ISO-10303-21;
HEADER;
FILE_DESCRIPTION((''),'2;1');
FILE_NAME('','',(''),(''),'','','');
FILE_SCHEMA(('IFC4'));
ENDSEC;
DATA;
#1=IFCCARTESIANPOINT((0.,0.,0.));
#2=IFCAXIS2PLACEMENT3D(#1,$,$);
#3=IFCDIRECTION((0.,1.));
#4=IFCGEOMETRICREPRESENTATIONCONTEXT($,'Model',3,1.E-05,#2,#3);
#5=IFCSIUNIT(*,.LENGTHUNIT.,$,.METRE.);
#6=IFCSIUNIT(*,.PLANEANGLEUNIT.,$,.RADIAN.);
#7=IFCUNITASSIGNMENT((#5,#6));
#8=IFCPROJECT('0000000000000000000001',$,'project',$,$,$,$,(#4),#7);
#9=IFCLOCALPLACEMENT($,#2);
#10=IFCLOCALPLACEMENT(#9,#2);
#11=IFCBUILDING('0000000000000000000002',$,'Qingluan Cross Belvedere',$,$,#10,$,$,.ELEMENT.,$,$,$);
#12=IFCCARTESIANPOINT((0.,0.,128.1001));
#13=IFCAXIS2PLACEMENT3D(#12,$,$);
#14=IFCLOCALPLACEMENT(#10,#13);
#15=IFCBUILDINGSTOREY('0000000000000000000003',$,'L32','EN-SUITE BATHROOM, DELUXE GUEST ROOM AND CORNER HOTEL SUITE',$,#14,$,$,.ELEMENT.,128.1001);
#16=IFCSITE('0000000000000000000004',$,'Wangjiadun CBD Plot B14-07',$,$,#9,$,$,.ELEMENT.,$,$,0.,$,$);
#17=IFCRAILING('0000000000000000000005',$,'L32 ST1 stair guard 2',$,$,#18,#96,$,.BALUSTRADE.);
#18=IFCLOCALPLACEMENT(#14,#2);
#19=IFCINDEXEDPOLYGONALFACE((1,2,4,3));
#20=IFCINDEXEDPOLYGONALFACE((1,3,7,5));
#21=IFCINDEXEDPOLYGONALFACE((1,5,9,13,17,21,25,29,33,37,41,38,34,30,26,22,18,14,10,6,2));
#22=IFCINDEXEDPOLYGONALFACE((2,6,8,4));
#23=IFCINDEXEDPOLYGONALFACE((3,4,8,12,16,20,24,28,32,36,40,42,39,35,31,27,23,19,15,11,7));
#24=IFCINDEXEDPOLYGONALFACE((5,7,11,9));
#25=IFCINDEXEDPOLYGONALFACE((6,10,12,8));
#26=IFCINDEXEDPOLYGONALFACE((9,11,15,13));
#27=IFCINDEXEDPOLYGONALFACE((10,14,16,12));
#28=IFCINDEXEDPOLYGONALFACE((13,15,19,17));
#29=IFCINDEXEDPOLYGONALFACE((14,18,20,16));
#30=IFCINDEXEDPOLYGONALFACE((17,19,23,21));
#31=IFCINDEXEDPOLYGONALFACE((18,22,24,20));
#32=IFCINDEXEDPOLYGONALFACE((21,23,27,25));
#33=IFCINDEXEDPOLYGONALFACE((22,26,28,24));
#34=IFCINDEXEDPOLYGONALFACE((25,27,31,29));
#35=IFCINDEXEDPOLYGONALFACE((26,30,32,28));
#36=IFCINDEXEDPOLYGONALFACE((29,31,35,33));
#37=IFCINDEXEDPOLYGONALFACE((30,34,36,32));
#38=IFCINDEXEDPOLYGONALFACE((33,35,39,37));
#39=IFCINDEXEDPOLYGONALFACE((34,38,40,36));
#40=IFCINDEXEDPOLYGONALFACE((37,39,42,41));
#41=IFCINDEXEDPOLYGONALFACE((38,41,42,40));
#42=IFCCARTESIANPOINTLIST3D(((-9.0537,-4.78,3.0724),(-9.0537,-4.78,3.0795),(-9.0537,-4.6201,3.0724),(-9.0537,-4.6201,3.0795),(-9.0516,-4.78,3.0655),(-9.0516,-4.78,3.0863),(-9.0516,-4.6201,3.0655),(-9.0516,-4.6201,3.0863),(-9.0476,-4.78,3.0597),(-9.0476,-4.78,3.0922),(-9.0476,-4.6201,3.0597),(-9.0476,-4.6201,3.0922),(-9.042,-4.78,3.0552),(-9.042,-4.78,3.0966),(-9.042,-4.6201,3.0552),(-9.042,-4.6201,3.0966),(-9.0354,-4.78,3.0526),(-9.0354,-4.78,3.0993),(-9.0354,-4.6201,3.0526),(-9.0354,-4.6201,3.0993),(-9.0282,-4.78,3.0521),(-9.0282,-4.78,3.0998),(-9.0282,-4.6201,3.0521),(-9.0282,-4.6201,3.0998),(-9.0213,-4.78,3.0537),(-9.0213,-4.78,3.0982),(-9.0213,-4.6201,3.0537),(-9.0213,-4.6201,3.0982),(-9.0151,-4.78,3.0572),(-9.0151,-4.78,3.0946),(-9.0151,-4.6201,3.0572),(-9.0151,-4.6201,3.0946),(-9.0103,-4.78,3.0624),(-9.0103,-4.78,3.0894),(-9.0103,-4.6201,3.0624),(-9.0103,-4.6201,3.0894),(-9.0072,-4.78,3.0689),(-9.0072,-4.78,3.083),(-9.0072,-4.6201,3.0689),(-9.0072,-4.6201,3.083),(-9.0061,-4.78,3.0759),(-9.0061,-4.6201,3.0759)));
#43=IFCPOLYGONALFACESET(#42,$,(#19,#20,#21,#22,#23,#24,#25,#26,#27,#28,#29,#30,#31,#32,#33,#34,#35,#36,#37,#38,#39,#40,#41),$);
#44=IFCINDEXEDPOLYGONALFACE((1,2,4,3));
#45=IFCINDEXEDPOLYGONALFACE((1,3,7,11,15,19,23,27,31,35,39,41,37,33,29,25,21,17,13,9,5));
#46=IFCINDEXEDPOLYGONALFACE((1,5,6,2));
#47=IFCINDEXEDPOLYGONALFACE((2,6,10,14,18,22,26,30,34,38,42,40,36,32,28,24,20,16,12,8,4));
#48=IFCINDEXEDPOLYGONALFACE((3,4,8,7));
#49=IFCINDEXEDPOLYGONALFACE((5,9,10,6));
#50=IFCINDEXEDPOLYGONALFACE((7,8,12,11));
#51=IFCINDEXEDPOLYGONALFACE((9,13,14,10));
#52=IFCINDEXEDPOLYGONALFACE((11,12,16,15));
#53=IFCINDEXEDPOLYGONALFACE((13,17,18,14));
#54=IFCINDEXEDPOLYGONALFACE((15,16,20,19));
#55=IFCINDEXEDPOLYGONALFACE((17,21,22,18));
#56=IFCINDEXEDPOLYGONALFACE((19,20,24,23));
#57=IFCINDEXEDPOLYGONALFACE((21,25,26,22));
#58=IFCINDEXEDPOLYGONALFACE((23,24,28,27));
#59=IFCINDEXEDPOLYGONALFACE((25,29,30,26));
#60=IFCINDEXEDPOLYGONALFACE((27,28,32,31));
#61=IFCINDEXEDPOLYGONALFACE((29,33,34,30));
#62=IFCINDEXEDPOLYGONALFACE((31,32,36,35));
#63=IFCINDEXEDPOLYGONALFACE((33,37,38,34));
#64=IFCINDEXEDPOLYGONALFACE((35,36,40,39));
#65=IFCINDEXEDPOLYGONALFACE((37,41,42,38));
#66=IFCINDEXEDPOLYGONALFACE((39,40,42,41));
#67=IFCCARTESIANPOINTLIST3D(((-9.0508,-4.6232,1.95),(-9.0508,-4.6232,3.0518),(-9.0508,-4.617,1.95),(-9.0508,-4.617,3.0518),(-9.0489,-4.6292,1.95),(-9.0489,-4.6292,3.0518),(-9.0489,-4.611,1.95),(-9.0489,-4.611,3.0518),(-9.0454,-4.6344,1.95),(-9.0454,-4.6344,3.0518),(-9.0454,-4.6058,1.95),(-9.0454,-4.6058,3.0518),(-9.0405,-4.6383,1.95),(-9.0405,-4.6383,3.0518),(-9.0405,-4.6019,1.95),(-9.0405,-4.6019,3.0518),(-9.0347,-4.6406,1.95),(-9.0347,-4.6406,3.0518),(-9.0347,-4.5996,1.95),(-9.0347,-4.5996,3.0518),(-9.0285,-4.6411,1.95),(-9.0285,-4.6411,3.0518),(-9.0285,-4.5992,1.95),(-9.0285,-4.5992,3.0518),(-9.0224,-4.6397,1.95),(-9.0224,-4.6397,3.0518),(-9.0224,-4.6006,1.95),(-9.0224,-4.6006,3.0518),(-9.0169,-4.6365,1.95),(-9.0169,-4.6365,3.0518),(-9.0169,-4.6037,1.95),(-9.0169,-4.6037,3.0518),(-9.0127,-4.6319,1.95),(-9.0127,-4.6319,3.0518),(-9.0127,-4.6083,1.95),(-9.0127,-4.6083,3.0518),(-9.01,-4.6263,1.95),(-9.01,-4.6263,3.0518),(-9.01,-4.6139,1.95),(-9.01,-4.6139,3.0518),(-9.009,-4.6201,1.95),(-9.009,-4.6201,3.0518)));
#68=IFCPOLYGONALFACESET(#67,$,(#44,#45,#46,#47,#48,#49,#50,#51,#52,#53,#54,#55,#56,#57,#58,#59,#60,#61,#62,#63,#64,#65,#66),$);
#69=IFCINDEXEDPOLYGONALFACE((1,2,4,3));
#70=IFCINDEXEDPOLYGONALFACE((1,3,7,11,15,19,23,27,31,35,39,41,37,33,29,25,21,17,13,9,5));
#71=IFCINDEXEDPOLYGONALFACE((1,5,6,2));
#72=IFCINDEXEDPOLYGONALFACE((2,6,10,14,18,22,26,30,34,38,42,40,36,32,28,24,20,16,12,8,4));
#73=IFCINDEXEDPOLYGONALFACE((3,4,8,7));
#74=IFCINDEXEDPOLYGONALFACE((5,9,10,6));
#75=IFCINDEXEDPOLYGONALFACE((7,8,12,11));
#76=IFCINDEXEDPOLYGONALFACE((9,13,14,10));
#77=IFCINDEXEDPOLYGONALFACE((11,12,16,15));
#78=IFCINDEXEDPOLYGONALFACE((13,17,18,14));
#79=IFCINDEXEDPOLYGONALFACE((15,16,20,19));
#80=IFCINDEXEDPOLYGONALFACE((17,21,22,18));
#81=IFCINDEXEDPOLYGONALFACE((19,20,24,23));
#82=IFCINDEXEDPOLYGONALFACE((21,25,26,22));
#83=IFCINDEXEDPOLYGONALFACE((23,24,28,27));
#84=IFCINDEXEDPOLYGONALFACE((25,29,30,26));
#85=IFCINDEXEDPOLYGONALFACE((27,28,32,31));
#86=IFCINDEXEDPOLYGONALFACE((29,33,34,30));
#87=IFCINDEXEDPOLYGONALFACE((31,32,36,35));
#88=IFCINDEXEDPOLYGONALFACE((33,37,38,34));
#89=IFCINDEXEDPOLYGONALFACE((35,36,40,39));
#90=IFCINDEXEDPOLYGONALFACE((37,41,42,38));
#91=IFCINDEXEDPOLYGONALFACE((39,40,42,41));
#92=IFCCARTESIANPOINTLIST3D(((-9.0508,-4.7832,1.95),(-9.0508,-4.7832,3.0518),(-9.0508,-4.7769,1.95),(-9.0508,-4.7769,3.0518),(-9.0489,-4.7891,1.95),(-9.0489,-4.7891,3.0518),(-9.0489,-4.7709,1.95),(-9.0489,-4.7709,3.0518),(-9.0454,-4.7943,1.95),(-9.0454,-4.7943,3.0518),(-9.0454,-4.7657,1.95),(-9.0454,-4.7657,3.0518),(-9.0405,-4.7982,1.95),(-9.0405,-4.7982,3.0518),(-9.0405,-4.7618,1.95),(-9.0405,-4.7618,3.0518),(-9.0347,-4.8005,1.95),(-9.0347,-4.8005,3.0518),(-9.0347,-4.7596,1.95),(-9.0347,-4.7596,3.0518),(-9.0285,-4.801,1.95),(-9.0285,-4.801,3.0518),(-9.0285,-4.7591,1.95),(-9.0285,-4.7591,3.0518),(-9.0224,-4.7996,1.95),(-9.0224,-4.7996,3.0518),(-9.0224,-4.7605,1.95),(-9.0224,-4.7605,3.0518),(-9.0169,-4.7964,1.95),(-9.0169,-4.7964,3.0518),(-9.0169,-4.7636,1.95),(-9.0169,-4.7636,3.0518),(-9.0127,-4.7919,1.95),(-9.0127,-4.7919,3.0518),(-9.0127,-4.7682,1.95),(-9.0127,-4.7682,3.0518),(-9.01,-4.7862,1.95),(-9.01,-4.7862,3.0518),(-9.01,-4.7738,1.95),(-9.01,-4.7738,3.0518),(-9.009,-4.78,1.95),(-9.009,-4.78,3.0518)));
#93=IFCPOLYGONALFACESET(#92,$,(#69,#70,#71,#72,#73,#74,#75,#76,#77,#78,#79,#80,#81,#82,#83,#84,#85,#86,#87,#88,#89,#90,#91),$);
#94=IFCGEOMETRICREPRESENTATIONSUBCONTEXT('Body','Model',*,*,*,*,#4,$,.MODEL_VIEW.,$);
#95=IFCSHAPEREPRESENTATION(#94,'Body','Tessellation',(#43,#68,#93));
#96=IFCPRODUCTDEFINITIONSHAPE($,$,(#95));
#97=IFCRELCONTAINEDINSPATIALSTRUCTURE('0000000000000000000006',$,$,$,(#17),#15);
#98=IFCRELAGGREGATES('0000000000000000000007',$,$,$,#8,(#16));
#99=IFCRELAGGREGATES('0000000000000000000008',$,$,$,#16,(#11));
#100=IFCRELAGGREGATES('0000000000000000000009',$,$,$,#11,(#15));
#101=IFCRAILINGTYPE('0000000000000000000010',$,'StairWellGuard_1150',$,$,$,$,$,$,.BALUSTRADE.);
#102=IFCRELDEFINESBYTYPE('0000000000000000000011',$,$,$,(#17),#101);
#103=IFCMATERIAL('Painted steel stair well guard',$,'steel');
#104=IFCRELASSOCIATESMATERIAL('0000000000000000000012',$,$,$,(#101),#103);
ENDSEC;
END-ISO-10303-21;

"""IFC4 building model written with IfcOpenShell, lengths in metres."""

from ifc_helpers import new_model, si_unit, direction, frame, origin, origin_2d, place, context, subcontext, project, spatial, circle, extrude, material, type_object, element, save


model = new_model("IFC4")

# Units and contexts
model_context = context("Model", 3, precision=1e-05, world=origin(), true_north=direction((0.0, 1.0)))
body_context = subcontext(model_context, "Body", "Model", "MODEL_VIEW")
ifc_project = project(units=[si_unit("LENGTHUNIT", "METRE"), si_unit("PLANEANGLEUNIT", "RADIAN")], contexts=[model_context])

# Site, building, storey
site_placement = place(None, origin())
site = spatial("IfcSite", under=ifc_project, at=site_placement, Name="Wangjiadun CBD Plot B14-07", CompositionType="ELEMENT", RefElevation=0.0)
building_placement = place(site_placement, origin())
building = spatial("IfcBuilding", under=site, at=building_placement, Name="Qingluan Cross Belvedere", CompositionType="ELEMENT")
storey_placement = place(building_placement, frame((0.0, 0.0, 128.1001)))
storey = spatial("IfcBuildingStorey", under=building, at=storey_placement, Name="L32", Description="EN-SUITE BATHROOM, DELUXE GUEST ROOM AND CORNER HOTEL SUITE", CompositionType="ELEMENT", Elevation=128.1001)

# Railing
ifc_material_1 = material(Name="Painted steel stair well guard", Category="steel")
railing_type_1 = type_object("IfcRailingType", Name="StairWellGuard_1150", PredefinedType="BALUSTRADE", material=ifc_material_1)
railing_1_placement = place(storey_placement, frame((-9.03, -4.6201, 1.95)))
element("IfcRailing", 1, at=railing_1_placement, inside=storey, type_object=railing_type_1, Name="L32 ST1 stair guard 2", PredefinedType="BALUSTRADE", context=body_context, shape_type="SweptSolid", body=[
    extrude(circle(Radius=0.0239, at=origin_2d()), frame((0.0, 0.0, 1.126), z_axis=(0.0, -1.0, 0.0), x_axis=(1.0, 0.0, 0.0)), (0.0, 0.0, 1.0), 0.1599),
    extrude(circle(Radius=0.021, at=origin_2d()), origin(), (0.0, 0.0, 1.0), 1.1018),
    extrude(circle(Radius=0.021, at=origin_2d()), frame((0.0, -0.1599, 0.0)), (0.0, 0.0, 1.0), 1.1018),
])

save(model, "model.ifc")
